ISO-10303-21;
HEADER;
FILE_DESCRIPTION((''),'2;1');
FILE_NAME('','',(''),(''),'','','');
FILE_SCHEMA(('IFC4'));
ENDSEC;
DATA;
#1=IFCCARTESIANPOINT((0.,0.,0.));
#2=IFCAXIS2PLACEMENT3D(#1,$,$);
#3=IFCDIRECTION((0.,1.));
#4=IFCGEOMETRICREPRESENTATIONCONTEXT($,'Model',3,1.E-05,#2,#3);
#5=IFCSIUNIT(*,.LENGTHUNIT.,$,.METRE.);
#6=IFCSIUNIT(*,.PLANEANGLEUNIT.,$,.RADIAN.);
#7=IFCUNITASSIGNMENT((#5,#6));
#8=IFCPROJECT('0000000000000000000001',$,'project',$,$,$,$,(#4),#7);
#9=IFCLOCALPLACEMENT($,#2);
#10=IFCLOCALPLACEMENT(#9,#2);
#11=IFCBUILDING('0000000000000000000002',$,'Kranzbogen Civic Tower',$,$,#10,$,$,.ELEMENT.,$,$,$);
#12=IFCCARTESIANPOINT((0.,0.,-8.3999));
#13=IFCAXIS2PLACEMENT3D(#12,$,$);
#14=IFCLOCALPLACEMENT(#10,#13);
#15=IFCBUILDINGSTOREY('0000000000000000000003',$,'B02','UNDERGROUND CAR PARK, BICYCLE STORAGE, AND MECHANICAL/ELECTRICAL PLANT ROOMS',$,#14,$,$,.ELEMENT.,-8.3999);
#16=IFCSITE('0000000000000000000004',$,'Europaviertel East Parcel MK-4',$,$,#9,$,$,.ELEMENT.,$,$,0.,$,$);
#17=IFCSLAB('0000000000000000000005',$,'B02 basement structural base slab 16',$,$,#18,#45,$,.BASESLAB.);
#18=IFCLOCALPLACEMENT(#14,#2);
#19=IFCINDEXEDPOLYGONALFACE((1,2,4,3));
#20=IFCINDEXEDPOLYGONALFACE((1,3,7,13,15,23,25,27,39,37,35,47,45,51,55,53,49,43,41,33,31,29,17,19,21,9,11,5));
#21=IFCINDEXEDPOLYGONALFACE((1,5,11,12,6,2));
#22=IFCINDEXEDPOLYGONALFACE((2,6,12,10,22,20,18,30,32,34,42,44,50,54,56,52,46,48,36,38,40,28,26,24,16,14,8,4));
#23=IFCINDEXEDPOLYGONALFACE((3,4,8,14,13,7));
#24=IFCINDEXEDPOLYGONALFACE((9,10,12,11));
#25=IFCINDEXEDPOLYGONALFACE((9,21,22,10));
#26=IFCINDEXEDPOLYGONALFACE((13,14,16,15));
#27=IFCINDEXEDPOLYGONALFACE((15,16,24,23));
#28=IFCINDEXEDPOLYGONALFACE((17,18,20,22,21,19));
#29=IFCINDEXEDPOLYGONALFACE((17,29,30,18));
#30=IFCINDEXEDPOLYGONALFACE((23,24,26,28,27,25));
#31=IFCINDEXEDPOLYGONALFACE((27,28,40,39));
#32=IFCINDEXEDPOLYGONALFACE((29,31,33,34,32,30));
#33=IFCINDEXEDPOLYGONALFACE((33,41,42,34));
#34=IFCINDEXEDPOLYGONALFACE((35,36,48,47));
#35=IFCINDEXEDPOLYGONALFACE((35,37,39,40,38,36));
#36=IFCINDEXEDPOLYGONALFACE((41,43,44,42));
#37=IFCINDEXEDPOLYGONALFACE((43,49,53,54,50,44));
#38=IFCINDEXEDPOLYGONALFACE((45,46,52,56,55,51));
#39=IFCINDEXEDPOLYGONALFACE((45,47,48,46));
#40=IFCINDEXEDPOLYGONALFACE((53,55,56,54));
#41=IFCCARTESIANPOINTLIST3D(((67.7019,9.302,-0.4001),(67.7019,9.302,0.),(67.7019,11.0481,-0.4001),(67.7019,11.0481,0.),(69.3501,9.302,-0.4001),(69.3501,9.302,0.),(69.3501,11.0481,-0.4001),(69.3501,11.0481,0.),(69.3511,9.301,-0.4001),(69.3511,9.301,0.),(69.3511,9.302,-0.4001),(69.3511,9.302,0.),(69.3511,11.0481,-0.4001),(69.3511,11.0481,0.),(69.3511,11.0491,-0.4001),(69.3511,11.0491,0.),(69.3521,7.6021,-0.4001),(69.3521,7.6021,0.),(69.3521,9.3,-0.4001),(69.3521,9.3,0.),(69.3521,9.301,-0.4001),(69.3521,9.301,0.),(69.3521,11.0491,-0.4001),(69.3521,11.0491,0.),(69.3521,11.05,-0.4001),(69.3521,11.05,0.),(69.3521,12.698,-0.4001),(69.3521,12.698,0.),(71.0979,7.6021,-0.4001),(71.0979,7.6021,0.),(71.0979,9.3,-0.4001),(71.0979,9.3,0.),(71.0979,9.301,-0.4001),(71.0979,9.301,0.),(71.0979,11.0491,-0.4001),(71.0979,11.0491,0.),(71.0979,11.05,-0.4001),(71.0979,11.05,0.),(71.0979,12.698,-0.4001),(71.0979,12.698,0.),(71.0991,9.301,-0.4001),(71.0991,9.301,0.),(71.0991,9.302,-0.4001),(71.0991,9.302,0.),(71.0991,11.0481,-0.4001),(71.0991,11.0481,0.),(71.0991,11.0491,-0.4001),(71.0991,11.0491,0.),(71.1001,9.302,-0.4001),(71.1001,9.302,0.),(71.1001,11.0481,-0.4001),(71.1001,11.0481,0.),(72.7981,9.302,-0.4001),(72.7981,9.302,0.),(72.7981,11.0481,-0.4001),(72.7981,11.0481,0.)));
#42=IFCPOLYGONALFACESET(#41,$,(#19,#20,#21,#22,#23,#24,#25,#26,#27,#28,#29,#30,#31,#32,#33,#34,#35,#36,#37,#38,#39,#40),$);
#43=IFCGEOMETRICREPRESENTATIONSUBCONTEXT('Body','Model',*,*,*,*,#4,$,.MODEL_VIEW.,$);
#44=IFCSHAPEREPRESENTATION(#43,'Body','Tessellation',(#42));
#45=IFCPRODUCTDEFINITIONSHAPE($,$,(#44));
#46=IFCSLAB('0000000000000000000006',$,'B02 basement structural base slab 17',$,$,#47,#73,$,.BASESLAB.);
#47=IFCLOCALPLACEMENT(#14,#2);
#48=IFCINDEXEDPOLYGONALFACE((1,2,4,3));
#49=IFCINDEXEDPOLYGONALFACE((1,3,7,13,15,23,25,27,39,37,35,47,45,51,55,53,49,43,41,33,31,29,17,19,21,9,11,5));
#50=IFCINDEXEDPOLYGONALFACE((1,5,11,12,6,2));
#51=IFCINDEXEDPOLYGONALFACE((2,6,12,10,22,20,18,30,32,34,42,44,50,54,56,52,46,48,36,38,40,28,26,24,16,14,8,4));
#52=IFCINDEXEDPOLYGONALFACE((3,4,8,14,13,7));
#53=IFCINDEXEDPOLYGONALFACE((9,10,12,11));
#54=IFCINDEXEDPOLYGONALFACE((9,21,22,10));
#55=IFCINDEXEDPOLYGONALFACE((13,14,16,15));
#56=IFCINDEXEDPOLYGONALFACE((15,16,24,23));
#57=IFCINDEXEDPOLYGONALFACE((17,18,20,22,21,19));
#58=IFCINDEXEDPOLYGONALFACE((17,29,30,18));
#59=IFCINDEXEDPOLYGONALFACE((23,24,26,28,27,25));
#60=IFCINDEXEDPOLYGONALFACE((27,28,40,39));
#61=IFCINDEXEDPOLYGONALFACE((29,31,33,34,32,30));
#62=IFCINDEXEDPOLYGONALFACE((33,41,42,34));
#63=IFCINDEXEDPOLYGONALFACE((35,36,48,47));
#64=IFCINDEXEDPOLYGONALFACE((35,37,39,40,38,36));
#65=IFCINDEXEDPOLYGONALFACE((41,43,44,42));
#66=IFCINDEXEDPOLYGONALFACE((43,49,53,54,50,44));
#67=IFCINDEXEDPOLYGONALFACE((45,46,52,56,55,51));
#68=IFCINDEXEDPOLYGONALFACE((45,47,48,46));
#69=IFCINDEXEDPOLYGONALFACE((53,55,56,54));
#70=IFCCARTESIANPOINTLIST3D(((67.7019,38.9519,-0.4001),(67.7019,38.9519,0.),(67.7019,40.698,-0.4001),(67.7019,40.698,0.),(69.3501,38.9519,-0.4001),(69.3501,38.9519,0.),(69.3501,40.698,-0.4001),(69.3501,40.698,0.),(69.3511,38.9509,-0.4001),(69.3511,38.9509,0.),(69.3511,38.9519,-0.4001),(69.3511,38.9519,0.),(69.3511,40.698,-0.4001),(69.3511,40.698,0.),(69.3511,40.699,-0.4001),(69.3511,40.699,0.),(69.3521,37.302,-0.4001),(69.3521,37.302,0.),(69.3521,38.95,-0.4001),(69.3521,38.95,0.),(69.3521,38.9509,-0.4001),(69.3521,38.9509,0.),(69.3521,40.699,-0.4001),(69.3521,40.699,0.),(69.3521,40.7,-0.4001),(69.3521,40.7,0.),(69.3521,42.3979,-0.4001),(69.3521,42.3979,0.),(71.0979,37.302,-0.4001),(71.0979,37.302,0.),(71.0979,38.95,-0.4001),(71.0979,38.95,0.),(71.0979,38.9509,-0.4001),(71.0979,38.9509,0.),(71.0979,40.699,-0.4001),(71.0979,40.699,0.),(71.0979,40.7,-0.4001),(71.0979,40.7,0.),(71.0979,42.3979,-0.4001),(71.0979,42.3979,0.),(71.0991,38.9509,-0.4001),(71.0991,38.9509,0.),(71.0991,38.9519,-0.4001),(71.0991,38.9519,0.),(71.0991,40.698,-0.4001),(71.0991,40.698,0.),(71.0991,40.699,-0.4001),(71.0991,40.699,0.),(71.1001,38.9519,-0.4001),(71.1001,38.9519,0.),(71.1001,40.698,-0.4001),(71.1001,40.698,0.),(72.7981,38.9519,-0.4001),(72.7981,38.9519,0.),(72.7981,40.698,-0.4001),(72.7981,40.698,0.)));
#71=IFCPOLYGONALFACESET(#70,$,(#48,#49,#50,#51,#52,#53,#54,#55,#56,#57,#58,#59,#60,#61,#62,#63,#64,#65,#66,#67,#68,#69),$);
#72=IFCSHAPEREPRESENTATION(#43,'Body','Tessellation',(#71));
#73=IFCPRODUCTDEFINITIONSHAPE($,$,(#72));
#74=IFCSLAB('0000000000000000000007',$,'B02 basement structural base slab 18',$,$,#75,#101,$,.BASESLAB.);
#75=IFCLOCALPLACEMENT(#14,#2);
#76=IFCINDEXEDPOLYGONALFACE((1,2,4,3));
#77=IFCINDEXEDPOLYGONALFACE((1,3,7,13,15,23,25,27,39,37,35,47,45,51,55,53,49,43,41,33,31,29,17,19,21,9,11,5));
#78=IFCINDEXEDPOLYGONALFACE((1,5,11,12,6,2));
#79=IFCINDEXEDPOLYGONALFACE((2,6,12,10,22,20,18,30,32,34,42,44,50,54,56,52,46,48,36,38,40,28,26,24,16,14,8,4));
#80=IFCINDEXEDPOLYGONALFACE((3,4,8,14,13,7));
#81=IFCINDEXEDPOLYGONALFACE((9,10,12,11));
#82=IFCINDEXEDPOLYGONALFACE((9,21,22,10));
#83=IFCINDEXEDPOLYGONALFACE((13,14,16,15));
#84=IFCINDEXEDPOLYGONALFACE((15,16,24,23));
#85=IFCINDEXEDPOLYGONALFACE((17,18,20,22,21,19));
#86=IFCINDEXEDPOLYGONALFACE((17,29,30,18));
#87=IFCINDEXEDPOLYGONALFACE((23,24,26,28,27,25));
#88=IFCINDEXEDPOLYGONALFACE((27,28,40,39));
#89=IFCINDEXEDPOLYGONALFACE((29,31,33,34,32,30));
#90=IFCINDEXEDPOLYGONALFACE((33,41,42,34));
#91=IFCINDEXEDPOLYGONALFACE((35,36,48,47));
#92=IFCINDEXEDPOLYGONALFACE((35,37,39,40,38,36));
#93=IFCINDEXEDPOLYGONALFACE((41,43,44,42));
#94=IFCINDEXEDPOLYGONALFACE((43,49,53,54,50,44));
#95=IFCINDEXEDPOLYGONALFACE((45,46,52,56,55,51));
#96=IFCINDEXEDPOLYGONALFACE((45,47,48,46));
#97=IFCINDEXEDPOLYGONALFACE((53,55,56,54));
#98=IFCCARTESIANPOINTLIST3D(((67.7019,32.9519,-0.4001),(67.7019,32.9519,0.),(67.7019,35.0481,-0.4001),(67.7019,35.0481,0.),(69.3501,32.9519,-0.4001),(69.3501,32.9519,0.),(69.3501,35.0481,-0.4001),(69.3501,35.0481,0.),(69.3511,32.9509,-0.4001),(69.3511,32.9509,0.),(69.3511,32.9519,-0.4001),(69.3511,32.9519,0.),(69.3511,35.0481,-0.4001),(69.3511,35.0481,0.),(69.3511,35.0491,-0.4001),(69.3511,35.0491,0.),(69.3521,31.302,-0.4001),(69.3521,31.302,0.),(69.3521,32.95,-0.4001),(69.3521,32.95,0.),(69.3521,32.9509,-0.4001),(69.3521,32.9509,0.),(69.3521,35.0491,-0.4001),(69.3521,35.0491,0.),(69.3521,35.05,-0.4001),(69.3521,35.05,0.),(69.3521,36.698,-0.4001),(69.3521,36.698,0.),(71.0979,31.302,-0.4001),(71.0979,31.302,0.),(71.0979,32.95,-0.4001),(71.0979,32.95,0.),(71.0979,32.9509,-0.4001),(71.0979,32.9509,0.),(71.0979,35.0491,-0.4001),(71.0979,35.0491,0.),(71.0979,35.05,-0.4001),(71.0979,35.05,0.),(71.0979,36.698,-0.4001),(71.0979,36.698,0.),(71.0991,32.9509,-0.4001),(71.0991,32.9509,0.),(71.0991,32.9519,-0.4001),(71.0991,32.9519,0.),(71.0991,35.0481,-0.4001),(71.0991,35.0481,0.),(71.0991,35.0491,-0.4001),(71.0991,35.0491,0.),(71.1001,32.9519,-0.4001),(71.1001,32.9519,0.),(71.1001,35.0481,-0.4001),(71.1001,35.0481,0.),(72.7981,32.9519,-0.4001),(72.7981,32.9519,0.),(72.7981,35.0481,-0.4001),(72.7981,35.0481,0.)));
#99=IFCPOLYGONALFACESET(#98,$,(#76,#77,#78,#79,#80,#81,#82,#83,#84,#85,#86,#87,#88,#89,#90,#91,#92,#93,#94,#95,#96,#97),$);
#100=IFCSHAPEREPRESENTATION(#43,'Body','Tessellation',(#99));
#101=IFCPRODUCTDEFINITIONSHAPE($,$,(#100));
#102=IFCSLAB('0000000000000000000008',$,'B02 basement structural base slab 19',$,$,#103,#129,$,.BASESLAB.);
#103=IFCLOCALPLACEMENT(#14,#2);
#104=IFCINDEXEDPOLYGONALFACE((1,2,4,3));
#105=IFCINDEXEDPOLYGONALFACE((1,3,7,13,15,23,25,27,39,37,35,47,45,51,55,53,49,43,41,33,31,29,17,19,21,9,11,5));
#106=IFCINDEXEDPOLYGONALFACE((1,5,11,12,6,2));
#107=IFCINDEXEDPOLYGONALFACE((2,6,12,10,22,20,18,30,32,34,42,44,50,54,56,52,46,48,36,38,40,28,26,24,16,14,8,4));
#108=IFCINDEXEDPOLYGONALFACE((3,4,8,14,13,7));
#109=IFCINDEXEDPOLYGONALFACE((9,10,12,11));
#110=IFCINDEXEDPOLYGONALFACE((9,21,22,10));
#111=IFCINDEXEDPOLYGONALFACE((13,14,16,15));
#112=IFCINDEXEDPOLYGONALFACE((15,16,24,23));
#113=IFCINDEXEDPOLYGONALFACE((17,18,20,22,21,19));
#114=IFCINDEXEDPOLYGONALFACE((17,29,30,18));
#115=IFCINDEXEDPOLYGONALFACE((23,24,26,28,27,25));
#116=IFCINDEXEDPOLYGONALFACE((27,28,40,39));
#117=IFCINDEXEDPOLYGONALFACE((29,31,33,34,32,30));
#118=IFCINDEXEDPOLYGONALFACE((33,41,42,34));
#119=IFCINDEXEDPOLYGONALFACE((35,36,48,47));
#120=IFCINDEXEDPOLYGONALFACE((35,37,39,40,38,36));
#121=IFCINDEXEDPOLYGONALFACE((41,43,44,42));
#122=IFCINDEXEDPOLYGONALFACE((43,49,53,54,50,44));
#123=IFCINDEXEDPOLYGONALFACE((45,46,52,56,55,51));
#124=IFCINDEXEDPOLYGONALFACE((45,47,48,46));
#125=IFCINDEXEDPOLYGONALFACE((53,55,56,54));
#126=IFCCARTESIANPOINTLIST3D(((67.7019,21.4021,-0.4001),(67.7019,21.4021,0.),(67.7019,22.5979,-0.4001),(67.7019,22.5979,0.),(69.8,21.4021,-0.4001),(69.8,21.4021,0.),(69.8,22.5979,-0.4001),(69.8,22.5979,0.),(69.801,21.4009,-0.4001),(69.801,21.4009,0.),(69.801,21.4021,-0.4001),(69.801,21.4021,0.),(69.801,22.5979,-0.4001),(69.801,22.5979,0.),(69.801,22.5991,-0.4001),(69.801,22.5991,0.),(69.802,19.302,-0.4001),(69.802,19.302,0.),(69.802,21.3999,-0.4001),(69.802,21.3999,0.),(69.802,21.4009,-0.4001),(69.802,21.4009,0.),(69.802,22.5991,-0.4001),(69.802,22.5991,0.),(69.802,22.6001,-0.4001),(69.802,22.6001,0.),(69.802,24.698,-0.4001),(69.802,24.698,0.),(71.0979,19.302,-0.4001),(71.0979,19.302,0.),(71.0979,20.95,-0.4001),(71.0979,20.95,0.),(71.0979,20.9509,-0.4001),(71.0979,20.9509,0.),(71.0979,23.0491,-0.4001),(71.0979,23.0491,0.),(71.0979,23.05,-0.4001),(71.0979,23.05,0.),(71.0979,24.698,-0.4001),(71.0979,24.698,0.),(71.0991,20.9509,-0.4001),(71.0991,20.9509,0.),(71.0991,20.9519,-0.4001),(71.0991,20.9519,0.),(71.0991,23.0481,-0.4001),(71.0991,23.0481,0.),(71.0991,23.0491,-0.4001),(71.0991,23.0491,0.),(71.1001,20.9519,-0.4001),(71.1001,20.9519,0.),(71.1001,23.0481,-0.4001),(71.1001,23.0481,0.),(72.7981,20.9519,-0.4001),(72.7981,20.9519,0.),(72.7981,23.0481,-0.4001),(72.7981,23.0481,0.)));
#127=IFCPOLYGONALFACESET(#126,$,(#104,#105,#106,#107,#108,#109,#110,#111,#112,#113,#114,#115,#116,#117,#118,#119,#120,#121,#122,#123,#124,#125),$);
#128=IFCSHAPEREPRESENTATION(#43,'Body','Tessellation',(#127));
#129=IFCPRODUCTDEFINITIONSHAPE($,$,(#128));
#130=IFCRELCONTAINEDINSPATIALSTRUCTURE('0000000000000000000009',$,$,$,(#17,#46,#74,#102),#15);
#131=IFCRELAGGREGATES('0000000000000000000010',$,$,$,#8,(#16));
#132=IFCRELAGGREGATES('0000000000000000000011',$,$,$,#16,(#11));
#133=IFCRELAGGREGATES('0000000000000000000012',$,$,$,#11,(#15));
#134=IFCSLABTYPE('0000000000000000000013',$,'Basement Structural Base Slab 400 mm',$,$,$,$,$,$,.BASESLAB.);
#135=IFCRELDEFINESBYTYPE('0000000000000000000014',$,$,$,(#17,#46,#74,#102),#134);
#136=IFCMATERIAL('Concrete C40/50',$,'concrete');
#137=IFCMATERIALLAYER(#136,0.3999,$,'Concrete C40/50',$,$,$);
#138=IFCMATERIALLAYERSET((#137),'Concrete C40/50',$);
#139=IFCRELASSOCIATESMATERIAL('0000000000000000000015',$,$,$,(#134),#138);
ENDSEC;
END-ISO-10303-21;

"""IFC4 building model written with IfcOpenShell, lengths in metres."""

from ifc_helpers import new_model, si_unit, direction, frame, origin, place, context, subcontext, project, spatial, polyline, outline, extrude, material, layer, layer_set, type_object, element, save


model = new_model("IFC4")

# Units and contexts
model_context = context("Model", 3, precision=1e-05, world=origin(), true_north=direction((0.0, 1.0)))
body_context = subcontext(model_context, "Body", "Model", "MODEL_VIEW")
ifc_project = project(units=[si_unit("LENGTHUNIT", "METRE"), si_unit("PLANEANGLEUNIT", "RADIAN")], contexts=[model_context])

# Site, building, storey
site_placement = place(None, origin())
site = spatial("IfcSite", under=ifc_project, at=site_placement, Name="Europaviertel East Parcel MK-4", CompositionType="ELEMENT", RefElevation=0.0)
building_placement = place(site_placement, origin())
building = spatial("IfcBuilding", under=site, at=building_placement, Name="Kranzbogen Civic Tower", CompositionType="ELEMENT")
storey_placement = place(building_placement, frame((0.0, 0.0, -8.3999)))
storey = spatial("IfcBuildingStorey", under=building, at=storey_placement, Name="B02", Description="UNDERGROUND CAR PARK, BICYCLE STORAGE, AND MECHANICAL/ELECTRICAL PLANT ROOMS", CompositionType="ELEMENT", Elevation=-8.3999)

# Shared definitions
ifc_material = material(Name="Concrete C40/50", Category="concrete")

# Slabs
ifc_layer_1 = layer(ifc_material, 0.3999, Name="Concrete C40/50")
ifc_layer_set_1 = layer_set([ifc_layer_1], Name="Concrete C40/50")
slab_type = type_object("IfcSlabType", Name="Basement Structural Base Slab 400 mm", PredefinedType="BASESLAB", material=ifc_layer_set_1)
slab_1_placement = place(storey_placement, frame((0.0, 0.0, -0.4001)))
element("IfcSlab", 1, at=slab_1_placement, inside=storey, type_object=slab_type, Name="B02 basement structural base slab 16", PredefinedType="BASESLAB", context=body_context, shape_type="SweptSolid", body=[
    extrude(outline(polyline([(69.3521, 11.05), (69.3521, 11.05), (69.3521, 11.05), (69.3521, 11.0491), (69.3521, 11.0491), (69.3521, 11.0491), (69.3521, 11.0491), (69.3521, 11.0491), (69.3511, 11.0491), (69.3511, 11.0481), (69.3511, 11.0481), (69.3511, 11.0481), (69.3511, 11.0481), (69.3511, 11.0481), (69.3501, 11.0481), (69.3501, 11.0481), (69.3501, 11.0481), (67.7019, 11.0481), (67.7019, 9.302), (69.3501, 9.302), (69.3501, 9.302), (69.3501, 9.302), (69.3511, 9.302), (69.3511, 9.302), (69.3511, 9.302), (69.3511, 9.302), (69.3511, 9.302), (69.3511, 9.301), (69.3521, 9.301), (69.3521, 9.301), (69.3521, 9.301), (69.3521, 9.301), (69.3521, 9.301), (69.3521, 9.3), (69.3521, 9.3), (69.3521, 9.3), (69.3521, 7.6021), (71.0979, 7.6021), (71.0979, 9.3), (71.0979, 9.3), (71.0979, 9.3), (71.0979, 9.301), (71.0979, 9.301), (71.0979, 9.301), (71.0979, 9.301), (71.0979, 9.301), (71.0991, 9.301), (71.0991, 9.302), (71.0991, 9.302), (71.0991, 9.302), (71.0991, 9.302), (71.0991, 9.302), (71.1001, 9.302), (71.1001, 9.302), (71.1001, 9.302), (72.7981, 9.302), (72.7981, 11.0481), (71.1001, 11.0481), (71.1001, 11.0481), (71.1001, 11.0481), (71.0991, 11.0481), (71.0991, 11.0481), (71.0991, 11.0481), (71.0991, 11.0481), (71.0991, 11.0481), (71.0991, 11.0491), (71.0979, 11.0491), (71.0979, 11.0491), (71.0979, 11.0491), (71.0979, 11.0491), (71.0979, 11.0491), (71.0979, 11.05), (71.0979, 11.05), (71.0979, 11.05), (71.0979, 12.698), (69.3521, 12.698), (69.3521, 11.05)])), origin(), (0.0, 0.0, 1.0), 0.4001),
])
slab_2_placement = place(storey_placement, frame((0.0, 0.0, -0.4001)))
element("IfcSlab", 2, at=slab_2_placement, inside=storey, type_object=slab_type, Name="B02 basement structural base slab 17", PredefinedType="BASESLAB", context=body_context, shape_type="SweptSolid", body=[
    extrude(outline(polyline([(69.3501, 38.9519), (69.3501, 38.9519), (69.3501, 38.9519), (69.3511, 38.9519), (69.3511, 38.9519), (69.3511, 38.9519), (69.3511, 38.9519), (69.3511, 38.9519), (69.3511, 38.9509), (69.3521, 38.9509), (69.3521, 38.9509), (69.3521, 38.9509), (69.3521, 38.9509), (69.3521, 38.9509), (69.3521, 38.95), (69.3521, 38.95), (69.3521, 38.95), (69.3521, 37.302), (71.0979, 37.302), (71.0979, 38.95), (71.0979, 38.95), (71.0979, 38.95), (71.0979, 38.9509), (71.0979, 38.9509), (71.0979, 38.9509), (71.0979, 38.9509), (71.0979, 38.9509), (71.0991, 38.9509), (71.0991, 38.9519), (71.0991, 38.9519), (71.0991, 38.9519), (71.0991, 38.9519), (71.0991, 38.9519), (71.1001, 38.9519), (71.1001, 38.9519), (71.1001, 38.9519), (72.7981, 38.9519), (72.7981, 40.698), (71.1001, 40.698), (71.1001, 40.698), (71.1001, 40.698), (71.0991, 40.698), (71.0991, 40.698), (71.0991, 40.698), (71.0991, 40.698), (71.0991, 40.698), (71.0991, 40.699), (71.0979, 40.699), (71.0979, 40.699), (71.0979, 40.699), (71.0979, 40.699), (71.0979, 40.699), (71.0979, 40.7), (71.0979, 40.7), (71.0979, 40.7), (71.0979, 42.3979), (69.3521, 42.3979), (69.3521, 40.7), (69.3521, 40.7), (69.3521, 40.7), (69.3521, 40.699), (69.3521, 40.699), (69.3521, 40.699), (69.3521, 40.699), (69.3521, 40.699), (69.3511, 40.699), (69.3511, 40.698), (69.3511, 40.698), (69.3511, 40.698), (69.3511, 40.698), (69.3511, 40.698), (69.3501, 40.698), (69.3501, 40.698), (69.3501, 40.698), (67.7019, 40.698), (67.7019, 38.9519), (69.3501, 38.9519)])), origin(), (0.0, 0.0, 1.0), 0.4001),
])
slab_3_placement = place(storey_placement, frame((0.0, 0.0, -0.4001)))
element("IfcSlab", 3, at=slab_3_placement, inside=storey, type_object=slab_type, Name="B02 basement structural base slab 18", PredefinedType="BASESLAB", context=body_context, shape_type="SweptSolid", body=[
    extrude(outline(polyline([(69.3501, 32.9519), (69.3501, 32.9519), (69.3501, 32.9519), (69.3511, 32.9519), (69.3511, 32.9519), (69.3511, 32.9519), (69.3511, 32.9519), (69.3511, 32.9519), (69.3511, 32.9509), (69.3521, 32.9509), (69.3521, 32.9509), (69.3521, 32.9509), (69.3521, 32.9509), (69.3521, 32.9509), (69.3521, 32.95), (69.3521, 32.95), (69.3521, 32.95), (69.3521, 31.302), (71.0979, 31.302), (71.0979, 32.95), (71.0979, 32.95), (71.0979, 32.95), (71.0979, 32.9509), (71.0979, 32.9509), (71.0979, 32.9509), (71.0979, 32.9509), (71.0979, 32.9509), (71.0991, 32.9509), (71.0991, 32.9519), (71.0991, 32.9519), (71.0991, 32.9519), (71.0991, 32.9519), (71.0991, 32.9519), (71.1001, 32.9519), (71.1001, 32.9519), (71.1001, 32.9519), (72.7981, 32.9519), (72.7981, 35.0481), (71.1001, 35.0481), (71.1001, 35.0481), (71.1001, 35.0481), (71.0991, 35.0481), (71.0991, 35.0481), (71.0991, 35.0481), (71.0991, 35.0481), (71.0991, 35.0481), (71.0991, 35.0491), (71.0979, 35.0491), (71.0979, 35.0491), (71.0979, 35.0491), (71.0979, 35.0491), (71.0979, 35.0491), (71.0979, 35.05), (71.0979, 35.05), (71.0979, 35.05), (71.0979, 36.698), (69.3521, 36.698), (69.3521, 35.05), (69.3521, 35.05), (69.3521, 35.05), (69.3521, 35.0491), (69.3521, 35.0491), (69.3521, 35.0491), (69.3521, 35.0491), (69.3521, 35.0491), (69.3511, 35.0491), (69.3511, 35.0481), (69.3511, 35.0481), (69.3511, 35.0481), (69.3511, 35.0481), (69.3511, 35.0481), (69.3501, 35.0481), (69.3501, 35.0481), (69.3501, 35.0481), (67.7019, 35.0481), (67.7019, 32.9519), (69.3501, 32.9519)])), origin(), (0.0, 0.0, 1.0), 0.4001),
])
slab_4_placement = place(storey_placement, frame((0.0, 0.0, -0.4001)))
element("IfcSlab", 4, at=slab_4_placement, inside=storey, type_object=slab_type, Name="B02 basement structural base slab 19", PredefinedType="BASESLAB", context=body_context, shape_type="SweptSolid", body=[
    extrude(outline(polyline([(67.7019, 21.4021), (69.8, 21.4021), (69.8, 21.4021), (69.8, 21.4021), (69.801, 21.4021), (69.801, 21.4021), (69.801, 21.4021), (69.801, 21.4021), (69.801, 21.4021), (69.801, 21.4009), (69.802, 21.4009), (69.802, 21.4009), (69.802, 21.4009), (69.802, 21.4009), (69.802, 21.4009), (69.802, 21.3999), (69.802, 21.3999), (69.802, 21.3999), (69.802, 19.302), (71.0979, 19.302), (71.0979, 20.95), (71.0979, 20.95), (71.0979, 20.95), (71.0979, 20.9509), (71.0979, 20.9509), (71.0979, 20.9509), (71.0979, 20.9509), (71.0979, 20.9509), (71.0991, 20.9509), (71.0991, 20.9519), (71.0991, 20.9519), (71.0991, 20.9519), (71.0991, 20.9519), (71.0991, 20.9519), (71.1001, 20.9519), (71.1001, 20.9519), (71.1001, 20.9519), (72.7981, 20.9519), (72.7981, 23.0481), (71.1001, 23.0481), (71.1001, 23.0481), (71.1001, 23.0481), (71.0991, 23.0481), (71.0991, 23.0481), (71.0991, 23.0481), (71.0991, 23.0481), (71.0991, 23.0481), (71.0991, 23.0491), (71.0979, 23.0491), (71.0979, 23.0491), (71.0979, 23.0491), (71.0979, 23.0491), (71.0979, 23.0491), (71.0979, 23.05), (71.0979, 23.05), (71.0979, 23.05), (71.0979, 24.698), (69.802, 24.698), (69.802, 22.6001), (69.802, 22.6001), (69.802, 22.6001), (69.802, 22.5991), (69.802, 22.5991), (69.802, 22.5991), (69.802, 22.5991), (69.802, 22.5991), (69.801, 22.5991), (69.801, 22.5979), (69.801, 22.5979), (69.801, 22.5979), (69.801, 22.5979), (69.801, 22.5979), (69.8, 22.5979), (69.8, 22.5979), (69.8, 22.5979), (67.7019, 22.5979), (67.7019, 21.4021)])), origin(), (0.0, 0.0, 1.0), 0.4001),
])

save(model, "model.ifc")
